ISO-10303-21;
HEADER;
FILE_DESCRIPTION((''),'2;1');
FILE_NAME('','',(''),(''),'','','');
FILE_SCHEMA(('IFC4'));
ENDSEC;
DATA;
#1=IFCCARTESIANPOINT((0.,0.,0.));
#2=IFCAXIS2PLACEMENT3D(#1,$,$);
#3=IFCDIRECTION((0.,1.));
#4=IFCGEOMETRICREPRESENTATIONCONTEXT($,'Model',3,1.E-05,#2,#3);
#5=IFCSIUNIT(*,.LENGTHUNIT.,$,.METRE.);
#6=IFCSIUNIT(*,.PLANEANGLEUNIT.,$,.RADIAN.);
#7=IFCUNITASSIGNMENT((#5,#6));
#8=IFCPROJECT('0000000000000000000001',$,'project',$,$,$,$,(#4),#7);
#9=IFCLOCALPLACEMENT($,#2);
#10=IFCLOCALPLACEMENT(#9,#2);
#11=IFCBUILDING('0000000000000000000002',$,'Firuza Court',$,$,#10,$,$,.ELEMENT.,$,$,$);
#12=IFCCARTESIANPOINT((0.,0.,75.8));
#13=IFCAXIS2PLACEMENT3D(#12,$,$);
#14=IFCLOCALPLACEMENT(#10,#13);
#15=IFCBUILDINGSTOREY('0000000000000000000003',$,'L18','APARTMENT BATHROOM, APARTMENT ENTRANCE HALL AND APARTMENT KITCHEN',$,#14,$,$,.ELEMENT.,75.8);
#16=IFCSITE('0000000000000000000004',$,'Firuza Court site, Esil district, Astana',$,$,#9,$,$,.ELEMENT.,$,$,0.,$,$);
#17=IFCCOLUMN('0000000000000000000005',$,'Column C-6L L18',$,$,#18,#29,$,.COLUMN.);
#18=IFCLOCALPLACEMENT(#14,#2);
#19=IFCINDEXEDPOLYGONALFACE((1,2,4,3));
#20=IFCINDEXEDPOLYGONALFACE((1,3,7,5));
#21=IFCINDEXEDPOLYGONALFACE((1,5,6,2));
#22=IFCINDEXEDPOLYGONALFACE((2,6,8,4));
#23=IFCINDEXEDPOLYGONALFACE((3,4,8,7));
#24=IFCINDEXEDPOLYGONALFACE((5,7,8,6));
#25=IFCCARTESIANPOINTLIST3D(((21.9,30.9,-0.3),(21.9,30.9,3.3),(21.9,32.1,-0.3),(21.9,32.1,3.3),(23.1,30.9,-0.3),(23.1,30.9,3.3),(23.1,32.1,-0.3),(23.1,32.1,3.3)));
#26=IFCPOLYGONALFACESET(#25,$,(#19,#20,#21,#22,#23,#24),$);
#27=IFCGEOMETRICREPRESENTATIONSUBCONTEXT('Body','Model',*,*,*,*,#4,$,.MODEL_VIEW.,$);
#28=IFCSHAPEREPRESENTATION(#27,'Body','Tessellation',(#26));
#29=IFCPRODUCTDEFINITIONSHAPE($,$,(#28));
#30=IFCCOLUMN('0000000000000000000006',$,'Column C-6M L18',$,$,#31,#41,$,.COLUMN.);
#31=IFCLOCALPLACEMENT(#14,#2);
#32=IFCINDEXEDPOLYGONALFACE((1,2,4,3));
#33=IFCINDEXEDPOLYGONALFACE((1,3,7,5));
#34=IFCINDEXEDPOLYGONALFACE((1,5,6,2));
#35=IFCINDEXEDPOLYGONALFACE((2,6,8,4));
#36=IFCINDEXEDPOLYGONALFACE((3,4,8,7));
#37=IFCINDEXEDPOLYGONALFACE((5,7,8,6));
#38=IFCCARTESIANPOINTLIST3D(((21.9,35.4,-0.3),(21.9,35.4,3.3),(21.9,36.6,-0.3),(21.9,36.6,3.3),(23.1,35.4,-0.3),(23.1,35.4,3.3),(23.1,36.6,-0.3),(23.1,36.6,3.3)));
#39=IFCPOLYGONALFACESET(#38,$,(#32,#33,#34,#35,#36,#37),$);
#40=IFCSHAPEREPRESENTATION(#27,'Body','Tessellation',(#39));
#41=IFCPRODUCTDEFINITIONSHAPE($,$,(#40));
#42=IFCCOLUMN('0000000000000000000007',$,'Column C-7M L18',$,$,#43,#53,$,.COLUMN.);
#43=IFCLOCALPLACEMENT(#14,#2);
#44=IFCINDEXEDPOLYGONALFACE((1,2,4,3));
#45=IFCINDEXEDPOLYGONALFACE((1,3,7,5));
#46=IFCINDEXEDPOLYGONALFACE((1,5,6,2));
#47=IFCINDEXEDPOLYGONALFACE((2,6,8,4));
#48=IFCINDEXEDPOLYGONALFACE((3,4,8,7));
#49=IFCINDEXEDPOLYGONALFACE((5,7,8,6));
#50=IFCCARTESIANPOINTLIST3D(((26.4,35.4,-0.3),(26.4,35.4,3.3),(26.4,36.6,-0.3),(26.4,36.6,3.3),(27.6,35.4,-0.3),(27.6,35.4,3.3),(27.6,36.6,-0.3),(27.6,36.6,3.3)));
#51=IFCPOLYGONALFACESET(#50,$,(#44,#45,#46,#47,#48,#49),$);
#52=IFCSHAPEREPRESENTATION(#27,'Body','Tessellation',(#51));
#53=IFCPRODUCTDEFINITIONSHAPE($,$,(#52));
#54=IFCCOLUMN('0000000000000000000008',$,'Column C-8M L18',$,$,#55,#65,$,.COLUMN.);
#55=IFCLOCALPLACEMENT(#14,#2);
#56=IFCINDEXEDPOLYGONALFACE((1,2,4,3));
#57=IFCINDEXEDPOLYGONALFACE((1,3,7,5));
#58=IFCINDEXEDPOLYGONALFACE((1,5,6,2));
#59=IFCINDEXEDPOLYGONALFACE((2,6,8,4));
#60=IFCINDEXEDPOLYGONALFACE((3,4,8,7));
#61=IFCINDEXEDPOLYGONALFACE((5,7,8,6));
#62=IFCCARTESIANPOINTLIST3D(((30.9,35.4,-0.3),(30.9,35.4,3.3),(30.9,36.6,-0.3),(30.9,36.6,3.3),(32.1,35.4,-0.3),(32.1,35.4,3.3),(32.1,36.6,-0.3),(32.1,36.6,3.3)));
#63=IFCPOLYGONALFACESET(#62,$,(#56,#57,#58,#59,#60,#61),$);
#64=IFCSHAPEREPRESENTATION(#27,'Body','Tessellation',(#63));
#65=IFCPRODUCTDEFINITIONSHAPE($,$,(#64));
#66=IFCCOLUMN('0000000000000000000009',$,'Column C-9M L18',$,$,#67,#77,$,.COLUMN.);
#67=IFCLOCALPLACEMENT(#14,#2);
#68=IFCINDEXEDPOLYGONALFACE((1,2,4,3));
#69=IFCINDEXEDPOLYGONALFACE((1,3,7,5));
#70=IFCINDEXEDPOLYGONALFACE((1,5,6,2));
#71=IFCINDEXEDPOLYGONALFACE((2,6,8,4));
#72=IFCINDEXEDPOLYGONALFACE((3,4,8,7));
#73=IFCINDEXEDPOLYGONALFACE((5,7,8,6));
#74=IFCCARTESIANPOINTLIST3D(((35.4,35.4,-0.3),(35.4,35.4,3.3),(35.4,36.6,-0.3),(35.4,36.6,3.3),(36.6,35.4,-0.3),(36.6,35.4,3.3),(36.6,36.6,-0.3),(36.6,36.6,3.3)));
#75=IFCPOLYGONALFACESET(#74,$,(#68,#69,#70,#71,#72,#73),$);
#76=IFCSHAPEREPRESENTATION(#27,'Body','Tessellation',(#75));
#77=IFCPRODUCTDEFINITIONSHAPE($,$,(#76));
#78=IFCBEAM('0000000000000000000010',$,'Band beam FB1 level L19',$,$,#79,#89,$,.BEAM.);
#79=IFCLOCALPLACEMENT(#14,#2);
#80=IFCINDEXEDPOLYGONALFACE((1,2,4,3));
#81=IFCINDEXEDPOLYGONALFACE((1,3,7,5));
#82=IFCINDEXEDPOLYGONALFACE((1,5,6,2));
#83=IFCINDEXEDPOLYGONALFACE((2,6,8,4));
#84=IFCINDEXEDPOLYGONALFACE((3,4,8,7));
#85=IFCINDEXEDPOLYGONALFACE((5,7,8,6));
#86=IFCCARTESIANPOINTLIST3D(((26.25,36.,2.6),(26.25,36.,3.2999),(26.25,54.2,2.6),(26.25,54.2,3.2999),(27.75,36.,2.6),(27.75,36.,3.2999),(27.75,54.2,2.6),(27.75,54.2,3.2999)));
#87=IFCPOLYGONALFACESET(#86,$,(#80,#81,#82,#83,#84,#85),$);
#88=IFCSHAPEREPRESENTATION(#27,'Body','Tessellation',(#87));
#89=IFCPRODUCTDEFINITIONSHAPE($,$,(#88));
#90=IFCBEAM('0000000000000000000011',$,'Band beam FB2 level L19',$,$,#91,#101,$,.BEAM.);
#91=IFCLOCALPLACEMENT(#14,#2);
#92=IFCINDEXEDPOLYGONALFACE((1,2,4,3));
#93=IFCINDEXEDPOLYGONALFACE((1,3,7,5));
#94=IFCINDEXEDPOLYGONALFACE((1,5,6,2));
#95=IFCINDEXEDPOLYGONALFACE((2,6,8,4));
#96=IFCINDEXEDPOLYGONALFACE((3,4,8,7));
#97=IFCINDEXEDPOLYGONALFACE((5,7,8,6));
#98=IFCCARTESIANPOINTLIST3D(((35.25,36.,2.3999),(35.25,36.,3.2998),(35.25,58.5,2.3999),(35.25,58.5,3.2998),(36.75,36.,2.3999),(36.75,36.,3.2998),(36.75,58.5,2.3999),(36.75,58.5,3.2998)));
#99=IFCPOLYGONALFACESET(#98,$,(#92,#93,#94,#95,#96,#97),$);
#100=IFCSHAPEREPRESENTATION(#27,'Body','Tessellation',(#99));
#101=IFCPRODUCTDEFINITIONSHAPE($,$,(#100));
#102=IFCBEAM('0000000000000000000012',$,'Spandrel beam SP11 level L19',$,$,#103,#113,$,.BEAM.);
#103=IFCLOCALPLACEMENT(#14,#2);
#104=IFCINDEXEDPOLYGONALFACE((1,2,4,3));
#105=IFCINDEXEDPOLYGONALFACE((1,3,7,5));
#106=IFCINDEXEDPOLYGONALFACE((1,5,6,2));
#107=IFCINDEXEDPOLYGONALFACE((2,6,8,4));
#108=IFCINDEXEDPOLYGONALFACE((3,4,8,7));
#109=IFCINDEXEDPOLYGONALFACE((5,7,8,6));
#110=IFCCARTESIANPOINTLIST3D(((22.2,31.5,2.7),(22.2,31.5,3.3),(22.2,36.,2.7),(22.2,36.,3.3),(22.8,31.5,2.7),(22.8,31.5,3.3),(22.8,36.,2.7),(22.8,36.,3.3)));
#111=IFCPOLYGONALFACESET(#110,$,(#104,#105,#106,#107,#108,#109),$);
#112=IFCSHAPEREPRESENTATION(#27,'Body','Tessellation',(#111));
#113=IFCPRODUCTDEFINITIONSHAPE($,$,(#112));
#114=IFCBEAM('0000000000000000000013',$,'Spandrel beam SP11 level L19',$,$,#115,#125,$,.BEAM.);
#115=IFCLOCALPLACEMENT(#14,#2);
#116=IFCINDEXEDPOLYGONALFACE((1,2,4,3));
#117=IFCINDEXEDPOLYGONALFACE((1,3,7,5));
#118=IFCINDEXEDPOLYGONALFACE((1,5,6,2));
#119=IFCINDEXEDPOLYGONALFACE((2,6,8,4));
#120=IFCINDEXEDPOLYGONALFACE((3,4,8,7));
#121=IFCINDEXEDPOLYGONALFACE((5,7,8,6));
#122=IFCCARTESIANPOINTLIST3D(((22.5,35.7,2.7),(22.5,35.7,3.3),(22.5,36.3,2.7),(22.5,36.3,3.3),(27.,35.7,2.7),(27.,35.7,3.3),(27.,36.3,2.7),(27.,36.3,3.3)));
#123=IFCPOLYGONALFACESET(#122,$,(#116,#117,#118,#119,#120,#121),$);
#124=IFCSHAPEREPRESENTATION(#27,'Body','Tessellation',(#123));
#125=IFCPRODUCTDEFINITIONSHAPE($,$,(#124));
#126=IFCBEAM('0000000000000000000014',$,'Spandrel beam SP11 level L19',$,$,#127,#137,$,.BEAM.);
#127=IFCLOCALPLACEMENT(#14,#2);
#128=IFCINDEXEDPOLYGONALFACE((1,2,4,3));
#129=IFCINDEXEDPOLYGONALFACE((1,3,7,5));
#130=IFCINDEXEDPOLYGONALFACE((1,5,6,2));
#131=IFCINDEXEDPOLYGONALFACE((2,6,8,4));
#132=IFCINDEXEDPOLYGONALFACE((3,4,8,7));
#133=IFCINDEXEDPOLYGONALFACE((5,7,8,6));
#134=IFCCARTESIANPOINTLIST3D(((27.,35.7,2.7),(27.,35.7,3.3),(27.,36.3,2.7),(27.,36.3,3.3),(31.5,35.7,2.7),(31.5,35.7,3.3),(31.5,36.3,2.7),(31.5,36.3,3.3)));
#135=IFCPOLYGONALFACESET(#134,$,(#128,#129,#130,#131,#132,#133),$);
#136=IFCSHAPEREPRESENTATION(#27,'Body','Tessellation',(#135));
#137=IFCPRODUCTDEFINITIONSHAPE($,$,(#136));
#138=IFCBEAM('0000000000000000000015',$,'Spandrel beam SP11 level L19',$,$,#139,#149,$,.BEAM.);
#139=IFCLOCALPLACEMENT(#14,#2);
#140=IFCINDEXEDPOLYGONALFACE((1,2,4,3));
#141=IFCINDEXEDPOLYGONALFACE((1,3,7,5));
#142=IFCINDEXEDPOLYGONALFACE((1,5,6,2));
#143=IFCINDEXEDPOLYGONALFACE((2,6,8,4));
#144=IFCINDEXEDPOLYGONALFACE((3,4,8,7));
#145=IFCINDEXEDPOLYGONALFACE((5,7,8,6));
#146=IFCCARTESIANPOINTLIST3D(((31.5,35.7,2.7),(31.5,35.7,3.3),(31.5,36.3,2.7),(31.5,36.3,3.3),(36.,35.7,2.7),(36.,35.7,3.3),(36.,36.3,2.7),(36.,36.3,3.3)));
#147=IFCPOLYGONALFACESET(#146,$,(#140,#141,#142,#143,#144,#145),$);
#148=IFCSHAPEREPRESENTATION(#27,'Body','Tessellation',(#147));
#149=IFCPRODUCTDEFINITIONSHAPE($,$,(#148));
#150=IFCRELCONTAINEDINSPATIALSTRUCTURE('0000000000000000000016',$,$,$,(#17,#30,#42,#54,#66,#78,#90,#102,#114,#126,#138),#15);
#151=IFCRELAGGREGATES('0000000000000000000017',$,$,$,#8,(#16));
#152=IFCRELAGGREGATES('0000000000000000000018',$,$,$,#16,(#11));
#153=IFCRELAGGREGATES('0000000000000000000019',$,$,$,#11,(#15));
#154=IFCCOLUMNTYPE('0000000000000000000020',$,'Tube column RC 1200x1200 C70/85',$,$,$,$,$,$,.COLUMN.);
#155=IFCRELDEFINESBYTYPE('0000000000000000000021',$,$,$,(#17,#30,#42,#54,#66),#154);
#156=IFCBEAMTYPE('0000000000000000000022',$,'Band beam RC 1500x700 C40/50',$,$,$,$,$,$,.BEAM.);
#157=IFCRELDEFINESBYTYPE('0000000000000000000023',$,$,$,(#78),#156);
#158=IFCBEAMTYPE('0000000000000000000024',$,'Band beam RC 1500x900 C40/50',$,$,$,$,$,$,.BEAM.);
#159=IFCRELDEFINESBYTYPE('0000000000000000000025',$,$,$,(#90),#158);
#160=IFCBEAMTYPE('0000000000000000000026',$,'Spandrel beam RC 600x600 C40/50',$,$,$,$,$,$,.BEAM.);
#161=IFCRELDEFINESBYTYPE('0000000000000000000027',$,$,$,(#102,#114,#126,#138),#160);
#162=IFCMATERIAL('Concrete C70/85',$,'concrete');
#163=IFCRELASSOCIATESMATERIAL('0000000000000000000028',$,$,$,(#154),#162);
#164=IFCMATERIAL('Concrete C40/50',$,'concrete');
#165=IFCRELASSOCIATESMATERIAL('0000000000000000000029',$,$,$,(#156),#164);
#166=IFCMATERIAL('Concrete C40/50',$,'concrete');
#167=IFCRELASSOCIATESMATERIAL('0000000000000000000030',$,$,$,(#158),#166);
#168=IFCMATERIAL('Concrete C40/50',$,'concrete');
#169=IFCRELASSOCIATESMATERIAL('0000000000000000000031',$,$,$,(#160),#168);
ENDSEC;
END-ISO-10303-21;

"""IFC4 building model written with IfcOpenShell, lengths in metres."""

from ifc_helpers import new_model, si_unit, direction, frame, origin, origin_2d, place, context, subcontext, project, spatial, rectangle, extrude, material, material_profile, profile_set, type_object, element, save


model = new_model("IFC4")

# Units and contexts
model_context = context("Model", 3, precision=1e-05, world=origin(), true_north=direction((0.0, 1.0)))
body_context = subcontext(model_context, "Body", "Model", "MODEL_VIEW")
ifc_project = project(units=[si_unit("LENGTHUNIT", "METRE"), si_unit("PLANEANGLEUNIT", "RADIAN")], contexts=[model_context])

# Site, building, storey
site_placement = place(None, origin())
site = spatial("IfcSite", under=ifc_project, at=site_placement, Name="Firuza Court site, Esil district, Astana", CompositionType="ELEMENT", RefElevation=0.0)
building_placement = place(site_placement, origin())
building = spatial("IfcBuilding", under=site, at=building_placement, Name="Firuza Court", CompositionType="ELEMENT")
storey_placement = place(building_placement, frame((0.0, 0.0, 75.8)))
storey = spatial("IfcBuildingStorey", under=building, at=storey_placement, Name="L18", Description="APARTMENT BATHROOM, APARTMENT ENTRANCE HALL AND APARTMENT KITCHEN", CompositionType="ELEMENT", Elevation=75.8)

# Columns
ifc_material_1 = material(Name="Concrete C70/85", Category="concrete")
ifc_material_profile_1 = material_profile(ifc_material_1, rectangle(XDim=1.2, YDim=1.2, at=origin_2d()), Name="RC 1200x1200")
ifc_profile_set_1 = profile_set([ifc_material_profile_1], Name="Concrete C70/85")
column_type = type_object("IfcColumnType", Name="Tube column RC 1200x1200 C70/85", PredefinedType="COLUMN", material=ifc_profile_set_1)
for number, where, z_axis, x_axis, name in (
    (1, (22.5, 31.5, -0.3), (0.0, 0.0, 1.0), (1.0, 0.0, 0.0), "Column C-6L L18"),
    (2, (22.5, 36.0, -0.3), (0.0, 0.0, 1.0), (1.0, 0.0, 0.0), "Column C-6M L18"),
    (3, (27.0, 36.0, -0.3), (0.0, 0.0, 1.0), (1.0, 0.0, 0.0), "Column C-7M L18"),
    (4, (31.5, 36.0, -0.3), (0.0, 0.0, 1.0), (1.0, 0.0, 0.0), "Column C-8M L18"),
    (5, (36.0, 36.0, -0.3), (0.0, 0.0, 1.0), (1.0, 0.0, 0.0), "Column C-9M L18"),
):
    element("IfcColumn", number, at=place(storey_placement, frame(where, z_axis=z_axis, x_axis=x_axis)), inside=storey, type_object=column_type, Name=name, PredefinedType="COLUMN", context=body_context, shape_type="SweptSolid", body=[
        extrude(rectangle(XDim=1.2, YDim=1.2, at=origin_2d()), origin(), (0.0, 0.0, 1.0), 3.6001),
    ])

# Beams
ifc_material_2 = material(Name="Concrete C40/50", Category="concrete")
ifc_material_profile_2 = material_profile(ifc_material_2, rectangle(XDim=1.5, YDim=0.7, at=origin_2d()), Name="RC 1500x700")
ifc_profile_set_2 = profile_set([ifc_material_profile_2], Name="Concrete C40/50")
beam_type_1 = type_object("IfcBeamType", Name="Band beam RC 1500x700 C40/50", PredefinedType="BEAM", material=ifc_profile_set_2)
beam_1_placement = place(storey_placement, frame((27.0, 36.0, 2.95), z_axis=(0.0, 1.0, 0.0), x_axis=(-1.0, 0.0, 0.0)))
element("IfcBeam", 6, at=beam_1_placement, inside=storey, type_object=beam_type_1, Name="Band beam FB1 level L19", PredefinedType="BEAM", context=body_context, shape_type="SweptSolid", body=[
    extrude(rectangle(XDim=1.5, YDim=0.7, at=origin_2d()), origin(), (0.0, 0.0, 1.0), 18.2),
])
ifc_material_3 = material(Name="Concrete C40/50", Category="concrete")
ifc_material_profile_3 = material_profile(ifc_material_3, rectangle(XDim=1.5, YDim=0.8999, at=origin_2d()), Name="RC 1500x900")
ifc_profile_set_3 = profile_set([ifc_material_profile_3], Name="Concrete C40/50")
beam_type_2 = type_object("IfcBeamType", Name="Band beam RC 1500x900 C40/50", PredefinedType="BEAM", material=ifc_profile_set_3)
beam_2_placement = place(storey_placement, frame((36.0, 36.0, 2.8499), z_axis=(0.0, 1.0, 0.0), x_axis=(-1.0, 0.0, 0.0)))
element("IfcBeam", 7, at=beam_2_placement, inside=storey, type_object=beam_type_2, Name="Band beam FB2 level L19", PredefinedType="BEAM", context=body_context, shape_type="SweptSolid", body=[
    extrude(rectangle(XDim=1.5, YDim=0.8999, at=origin_2d()), origin(), (0.0, 0.0, 1.0), 22.5),
])
ifc_material_4 = material(Name="Concrete C40/50", Category="concrete")
ifc_material_profile_4 = material_profile(ifc_material_4, rectangle(XDim=0.6001, YDim=0.6001, at=origin_2d()), Name="RC 600x600")
ifc_profile_set_4 = profile_set([ifc_material_profile_4], Name="Concrete C40/50")
beam_type_3 = type_object("IfcBeamType", Name="Spandrel beam RC 600x600 C40/50", PredefinedType="BEAM", material=ifc_profile_set_4)
for number, where, z_axis, x_axis, name in (
    (8, (22.5, 31.5, 3.0), (0.0, 1.0, 0.0), (-1.0, 0.0, 0.0), "Spandrel beam SP11 level L19"),
    (9, (22.5, 36.0, 3.0), (1.0, 0.0, 0.0), (0.0, 1.0, 0.0), "Spandrel beam SP11 level L19"),
    (10, (27.0, 36.0, 3.0), (1.0, 0.0, 0.0), (0.0, 1.0, 0.0), "Spandrel beam SP11 level L19"),
    (11, (31.5, 36.0, 3.0), (1.0, 0.0, 0.0), (0.0, 1.0, 0.0), "Spandrel beam SP11 level L19"),
):
    element("IfcBeam", number, at=place(storey_placement, frame(where, z_axis=z_axis, x_axis=x_axis)), inside=storey, type_object=beam_type_3, Name=name, PredefinedType="BEAM", context=body_context, shape_type="SweptSolid", body=[
        extrude(rectangle(XDim=0.6001, YDim=0.6001, at=origin_2d()), origin(), (0.0, 0.0, 1.0), 4.5),
    ])

save(model, "model.ifc")
